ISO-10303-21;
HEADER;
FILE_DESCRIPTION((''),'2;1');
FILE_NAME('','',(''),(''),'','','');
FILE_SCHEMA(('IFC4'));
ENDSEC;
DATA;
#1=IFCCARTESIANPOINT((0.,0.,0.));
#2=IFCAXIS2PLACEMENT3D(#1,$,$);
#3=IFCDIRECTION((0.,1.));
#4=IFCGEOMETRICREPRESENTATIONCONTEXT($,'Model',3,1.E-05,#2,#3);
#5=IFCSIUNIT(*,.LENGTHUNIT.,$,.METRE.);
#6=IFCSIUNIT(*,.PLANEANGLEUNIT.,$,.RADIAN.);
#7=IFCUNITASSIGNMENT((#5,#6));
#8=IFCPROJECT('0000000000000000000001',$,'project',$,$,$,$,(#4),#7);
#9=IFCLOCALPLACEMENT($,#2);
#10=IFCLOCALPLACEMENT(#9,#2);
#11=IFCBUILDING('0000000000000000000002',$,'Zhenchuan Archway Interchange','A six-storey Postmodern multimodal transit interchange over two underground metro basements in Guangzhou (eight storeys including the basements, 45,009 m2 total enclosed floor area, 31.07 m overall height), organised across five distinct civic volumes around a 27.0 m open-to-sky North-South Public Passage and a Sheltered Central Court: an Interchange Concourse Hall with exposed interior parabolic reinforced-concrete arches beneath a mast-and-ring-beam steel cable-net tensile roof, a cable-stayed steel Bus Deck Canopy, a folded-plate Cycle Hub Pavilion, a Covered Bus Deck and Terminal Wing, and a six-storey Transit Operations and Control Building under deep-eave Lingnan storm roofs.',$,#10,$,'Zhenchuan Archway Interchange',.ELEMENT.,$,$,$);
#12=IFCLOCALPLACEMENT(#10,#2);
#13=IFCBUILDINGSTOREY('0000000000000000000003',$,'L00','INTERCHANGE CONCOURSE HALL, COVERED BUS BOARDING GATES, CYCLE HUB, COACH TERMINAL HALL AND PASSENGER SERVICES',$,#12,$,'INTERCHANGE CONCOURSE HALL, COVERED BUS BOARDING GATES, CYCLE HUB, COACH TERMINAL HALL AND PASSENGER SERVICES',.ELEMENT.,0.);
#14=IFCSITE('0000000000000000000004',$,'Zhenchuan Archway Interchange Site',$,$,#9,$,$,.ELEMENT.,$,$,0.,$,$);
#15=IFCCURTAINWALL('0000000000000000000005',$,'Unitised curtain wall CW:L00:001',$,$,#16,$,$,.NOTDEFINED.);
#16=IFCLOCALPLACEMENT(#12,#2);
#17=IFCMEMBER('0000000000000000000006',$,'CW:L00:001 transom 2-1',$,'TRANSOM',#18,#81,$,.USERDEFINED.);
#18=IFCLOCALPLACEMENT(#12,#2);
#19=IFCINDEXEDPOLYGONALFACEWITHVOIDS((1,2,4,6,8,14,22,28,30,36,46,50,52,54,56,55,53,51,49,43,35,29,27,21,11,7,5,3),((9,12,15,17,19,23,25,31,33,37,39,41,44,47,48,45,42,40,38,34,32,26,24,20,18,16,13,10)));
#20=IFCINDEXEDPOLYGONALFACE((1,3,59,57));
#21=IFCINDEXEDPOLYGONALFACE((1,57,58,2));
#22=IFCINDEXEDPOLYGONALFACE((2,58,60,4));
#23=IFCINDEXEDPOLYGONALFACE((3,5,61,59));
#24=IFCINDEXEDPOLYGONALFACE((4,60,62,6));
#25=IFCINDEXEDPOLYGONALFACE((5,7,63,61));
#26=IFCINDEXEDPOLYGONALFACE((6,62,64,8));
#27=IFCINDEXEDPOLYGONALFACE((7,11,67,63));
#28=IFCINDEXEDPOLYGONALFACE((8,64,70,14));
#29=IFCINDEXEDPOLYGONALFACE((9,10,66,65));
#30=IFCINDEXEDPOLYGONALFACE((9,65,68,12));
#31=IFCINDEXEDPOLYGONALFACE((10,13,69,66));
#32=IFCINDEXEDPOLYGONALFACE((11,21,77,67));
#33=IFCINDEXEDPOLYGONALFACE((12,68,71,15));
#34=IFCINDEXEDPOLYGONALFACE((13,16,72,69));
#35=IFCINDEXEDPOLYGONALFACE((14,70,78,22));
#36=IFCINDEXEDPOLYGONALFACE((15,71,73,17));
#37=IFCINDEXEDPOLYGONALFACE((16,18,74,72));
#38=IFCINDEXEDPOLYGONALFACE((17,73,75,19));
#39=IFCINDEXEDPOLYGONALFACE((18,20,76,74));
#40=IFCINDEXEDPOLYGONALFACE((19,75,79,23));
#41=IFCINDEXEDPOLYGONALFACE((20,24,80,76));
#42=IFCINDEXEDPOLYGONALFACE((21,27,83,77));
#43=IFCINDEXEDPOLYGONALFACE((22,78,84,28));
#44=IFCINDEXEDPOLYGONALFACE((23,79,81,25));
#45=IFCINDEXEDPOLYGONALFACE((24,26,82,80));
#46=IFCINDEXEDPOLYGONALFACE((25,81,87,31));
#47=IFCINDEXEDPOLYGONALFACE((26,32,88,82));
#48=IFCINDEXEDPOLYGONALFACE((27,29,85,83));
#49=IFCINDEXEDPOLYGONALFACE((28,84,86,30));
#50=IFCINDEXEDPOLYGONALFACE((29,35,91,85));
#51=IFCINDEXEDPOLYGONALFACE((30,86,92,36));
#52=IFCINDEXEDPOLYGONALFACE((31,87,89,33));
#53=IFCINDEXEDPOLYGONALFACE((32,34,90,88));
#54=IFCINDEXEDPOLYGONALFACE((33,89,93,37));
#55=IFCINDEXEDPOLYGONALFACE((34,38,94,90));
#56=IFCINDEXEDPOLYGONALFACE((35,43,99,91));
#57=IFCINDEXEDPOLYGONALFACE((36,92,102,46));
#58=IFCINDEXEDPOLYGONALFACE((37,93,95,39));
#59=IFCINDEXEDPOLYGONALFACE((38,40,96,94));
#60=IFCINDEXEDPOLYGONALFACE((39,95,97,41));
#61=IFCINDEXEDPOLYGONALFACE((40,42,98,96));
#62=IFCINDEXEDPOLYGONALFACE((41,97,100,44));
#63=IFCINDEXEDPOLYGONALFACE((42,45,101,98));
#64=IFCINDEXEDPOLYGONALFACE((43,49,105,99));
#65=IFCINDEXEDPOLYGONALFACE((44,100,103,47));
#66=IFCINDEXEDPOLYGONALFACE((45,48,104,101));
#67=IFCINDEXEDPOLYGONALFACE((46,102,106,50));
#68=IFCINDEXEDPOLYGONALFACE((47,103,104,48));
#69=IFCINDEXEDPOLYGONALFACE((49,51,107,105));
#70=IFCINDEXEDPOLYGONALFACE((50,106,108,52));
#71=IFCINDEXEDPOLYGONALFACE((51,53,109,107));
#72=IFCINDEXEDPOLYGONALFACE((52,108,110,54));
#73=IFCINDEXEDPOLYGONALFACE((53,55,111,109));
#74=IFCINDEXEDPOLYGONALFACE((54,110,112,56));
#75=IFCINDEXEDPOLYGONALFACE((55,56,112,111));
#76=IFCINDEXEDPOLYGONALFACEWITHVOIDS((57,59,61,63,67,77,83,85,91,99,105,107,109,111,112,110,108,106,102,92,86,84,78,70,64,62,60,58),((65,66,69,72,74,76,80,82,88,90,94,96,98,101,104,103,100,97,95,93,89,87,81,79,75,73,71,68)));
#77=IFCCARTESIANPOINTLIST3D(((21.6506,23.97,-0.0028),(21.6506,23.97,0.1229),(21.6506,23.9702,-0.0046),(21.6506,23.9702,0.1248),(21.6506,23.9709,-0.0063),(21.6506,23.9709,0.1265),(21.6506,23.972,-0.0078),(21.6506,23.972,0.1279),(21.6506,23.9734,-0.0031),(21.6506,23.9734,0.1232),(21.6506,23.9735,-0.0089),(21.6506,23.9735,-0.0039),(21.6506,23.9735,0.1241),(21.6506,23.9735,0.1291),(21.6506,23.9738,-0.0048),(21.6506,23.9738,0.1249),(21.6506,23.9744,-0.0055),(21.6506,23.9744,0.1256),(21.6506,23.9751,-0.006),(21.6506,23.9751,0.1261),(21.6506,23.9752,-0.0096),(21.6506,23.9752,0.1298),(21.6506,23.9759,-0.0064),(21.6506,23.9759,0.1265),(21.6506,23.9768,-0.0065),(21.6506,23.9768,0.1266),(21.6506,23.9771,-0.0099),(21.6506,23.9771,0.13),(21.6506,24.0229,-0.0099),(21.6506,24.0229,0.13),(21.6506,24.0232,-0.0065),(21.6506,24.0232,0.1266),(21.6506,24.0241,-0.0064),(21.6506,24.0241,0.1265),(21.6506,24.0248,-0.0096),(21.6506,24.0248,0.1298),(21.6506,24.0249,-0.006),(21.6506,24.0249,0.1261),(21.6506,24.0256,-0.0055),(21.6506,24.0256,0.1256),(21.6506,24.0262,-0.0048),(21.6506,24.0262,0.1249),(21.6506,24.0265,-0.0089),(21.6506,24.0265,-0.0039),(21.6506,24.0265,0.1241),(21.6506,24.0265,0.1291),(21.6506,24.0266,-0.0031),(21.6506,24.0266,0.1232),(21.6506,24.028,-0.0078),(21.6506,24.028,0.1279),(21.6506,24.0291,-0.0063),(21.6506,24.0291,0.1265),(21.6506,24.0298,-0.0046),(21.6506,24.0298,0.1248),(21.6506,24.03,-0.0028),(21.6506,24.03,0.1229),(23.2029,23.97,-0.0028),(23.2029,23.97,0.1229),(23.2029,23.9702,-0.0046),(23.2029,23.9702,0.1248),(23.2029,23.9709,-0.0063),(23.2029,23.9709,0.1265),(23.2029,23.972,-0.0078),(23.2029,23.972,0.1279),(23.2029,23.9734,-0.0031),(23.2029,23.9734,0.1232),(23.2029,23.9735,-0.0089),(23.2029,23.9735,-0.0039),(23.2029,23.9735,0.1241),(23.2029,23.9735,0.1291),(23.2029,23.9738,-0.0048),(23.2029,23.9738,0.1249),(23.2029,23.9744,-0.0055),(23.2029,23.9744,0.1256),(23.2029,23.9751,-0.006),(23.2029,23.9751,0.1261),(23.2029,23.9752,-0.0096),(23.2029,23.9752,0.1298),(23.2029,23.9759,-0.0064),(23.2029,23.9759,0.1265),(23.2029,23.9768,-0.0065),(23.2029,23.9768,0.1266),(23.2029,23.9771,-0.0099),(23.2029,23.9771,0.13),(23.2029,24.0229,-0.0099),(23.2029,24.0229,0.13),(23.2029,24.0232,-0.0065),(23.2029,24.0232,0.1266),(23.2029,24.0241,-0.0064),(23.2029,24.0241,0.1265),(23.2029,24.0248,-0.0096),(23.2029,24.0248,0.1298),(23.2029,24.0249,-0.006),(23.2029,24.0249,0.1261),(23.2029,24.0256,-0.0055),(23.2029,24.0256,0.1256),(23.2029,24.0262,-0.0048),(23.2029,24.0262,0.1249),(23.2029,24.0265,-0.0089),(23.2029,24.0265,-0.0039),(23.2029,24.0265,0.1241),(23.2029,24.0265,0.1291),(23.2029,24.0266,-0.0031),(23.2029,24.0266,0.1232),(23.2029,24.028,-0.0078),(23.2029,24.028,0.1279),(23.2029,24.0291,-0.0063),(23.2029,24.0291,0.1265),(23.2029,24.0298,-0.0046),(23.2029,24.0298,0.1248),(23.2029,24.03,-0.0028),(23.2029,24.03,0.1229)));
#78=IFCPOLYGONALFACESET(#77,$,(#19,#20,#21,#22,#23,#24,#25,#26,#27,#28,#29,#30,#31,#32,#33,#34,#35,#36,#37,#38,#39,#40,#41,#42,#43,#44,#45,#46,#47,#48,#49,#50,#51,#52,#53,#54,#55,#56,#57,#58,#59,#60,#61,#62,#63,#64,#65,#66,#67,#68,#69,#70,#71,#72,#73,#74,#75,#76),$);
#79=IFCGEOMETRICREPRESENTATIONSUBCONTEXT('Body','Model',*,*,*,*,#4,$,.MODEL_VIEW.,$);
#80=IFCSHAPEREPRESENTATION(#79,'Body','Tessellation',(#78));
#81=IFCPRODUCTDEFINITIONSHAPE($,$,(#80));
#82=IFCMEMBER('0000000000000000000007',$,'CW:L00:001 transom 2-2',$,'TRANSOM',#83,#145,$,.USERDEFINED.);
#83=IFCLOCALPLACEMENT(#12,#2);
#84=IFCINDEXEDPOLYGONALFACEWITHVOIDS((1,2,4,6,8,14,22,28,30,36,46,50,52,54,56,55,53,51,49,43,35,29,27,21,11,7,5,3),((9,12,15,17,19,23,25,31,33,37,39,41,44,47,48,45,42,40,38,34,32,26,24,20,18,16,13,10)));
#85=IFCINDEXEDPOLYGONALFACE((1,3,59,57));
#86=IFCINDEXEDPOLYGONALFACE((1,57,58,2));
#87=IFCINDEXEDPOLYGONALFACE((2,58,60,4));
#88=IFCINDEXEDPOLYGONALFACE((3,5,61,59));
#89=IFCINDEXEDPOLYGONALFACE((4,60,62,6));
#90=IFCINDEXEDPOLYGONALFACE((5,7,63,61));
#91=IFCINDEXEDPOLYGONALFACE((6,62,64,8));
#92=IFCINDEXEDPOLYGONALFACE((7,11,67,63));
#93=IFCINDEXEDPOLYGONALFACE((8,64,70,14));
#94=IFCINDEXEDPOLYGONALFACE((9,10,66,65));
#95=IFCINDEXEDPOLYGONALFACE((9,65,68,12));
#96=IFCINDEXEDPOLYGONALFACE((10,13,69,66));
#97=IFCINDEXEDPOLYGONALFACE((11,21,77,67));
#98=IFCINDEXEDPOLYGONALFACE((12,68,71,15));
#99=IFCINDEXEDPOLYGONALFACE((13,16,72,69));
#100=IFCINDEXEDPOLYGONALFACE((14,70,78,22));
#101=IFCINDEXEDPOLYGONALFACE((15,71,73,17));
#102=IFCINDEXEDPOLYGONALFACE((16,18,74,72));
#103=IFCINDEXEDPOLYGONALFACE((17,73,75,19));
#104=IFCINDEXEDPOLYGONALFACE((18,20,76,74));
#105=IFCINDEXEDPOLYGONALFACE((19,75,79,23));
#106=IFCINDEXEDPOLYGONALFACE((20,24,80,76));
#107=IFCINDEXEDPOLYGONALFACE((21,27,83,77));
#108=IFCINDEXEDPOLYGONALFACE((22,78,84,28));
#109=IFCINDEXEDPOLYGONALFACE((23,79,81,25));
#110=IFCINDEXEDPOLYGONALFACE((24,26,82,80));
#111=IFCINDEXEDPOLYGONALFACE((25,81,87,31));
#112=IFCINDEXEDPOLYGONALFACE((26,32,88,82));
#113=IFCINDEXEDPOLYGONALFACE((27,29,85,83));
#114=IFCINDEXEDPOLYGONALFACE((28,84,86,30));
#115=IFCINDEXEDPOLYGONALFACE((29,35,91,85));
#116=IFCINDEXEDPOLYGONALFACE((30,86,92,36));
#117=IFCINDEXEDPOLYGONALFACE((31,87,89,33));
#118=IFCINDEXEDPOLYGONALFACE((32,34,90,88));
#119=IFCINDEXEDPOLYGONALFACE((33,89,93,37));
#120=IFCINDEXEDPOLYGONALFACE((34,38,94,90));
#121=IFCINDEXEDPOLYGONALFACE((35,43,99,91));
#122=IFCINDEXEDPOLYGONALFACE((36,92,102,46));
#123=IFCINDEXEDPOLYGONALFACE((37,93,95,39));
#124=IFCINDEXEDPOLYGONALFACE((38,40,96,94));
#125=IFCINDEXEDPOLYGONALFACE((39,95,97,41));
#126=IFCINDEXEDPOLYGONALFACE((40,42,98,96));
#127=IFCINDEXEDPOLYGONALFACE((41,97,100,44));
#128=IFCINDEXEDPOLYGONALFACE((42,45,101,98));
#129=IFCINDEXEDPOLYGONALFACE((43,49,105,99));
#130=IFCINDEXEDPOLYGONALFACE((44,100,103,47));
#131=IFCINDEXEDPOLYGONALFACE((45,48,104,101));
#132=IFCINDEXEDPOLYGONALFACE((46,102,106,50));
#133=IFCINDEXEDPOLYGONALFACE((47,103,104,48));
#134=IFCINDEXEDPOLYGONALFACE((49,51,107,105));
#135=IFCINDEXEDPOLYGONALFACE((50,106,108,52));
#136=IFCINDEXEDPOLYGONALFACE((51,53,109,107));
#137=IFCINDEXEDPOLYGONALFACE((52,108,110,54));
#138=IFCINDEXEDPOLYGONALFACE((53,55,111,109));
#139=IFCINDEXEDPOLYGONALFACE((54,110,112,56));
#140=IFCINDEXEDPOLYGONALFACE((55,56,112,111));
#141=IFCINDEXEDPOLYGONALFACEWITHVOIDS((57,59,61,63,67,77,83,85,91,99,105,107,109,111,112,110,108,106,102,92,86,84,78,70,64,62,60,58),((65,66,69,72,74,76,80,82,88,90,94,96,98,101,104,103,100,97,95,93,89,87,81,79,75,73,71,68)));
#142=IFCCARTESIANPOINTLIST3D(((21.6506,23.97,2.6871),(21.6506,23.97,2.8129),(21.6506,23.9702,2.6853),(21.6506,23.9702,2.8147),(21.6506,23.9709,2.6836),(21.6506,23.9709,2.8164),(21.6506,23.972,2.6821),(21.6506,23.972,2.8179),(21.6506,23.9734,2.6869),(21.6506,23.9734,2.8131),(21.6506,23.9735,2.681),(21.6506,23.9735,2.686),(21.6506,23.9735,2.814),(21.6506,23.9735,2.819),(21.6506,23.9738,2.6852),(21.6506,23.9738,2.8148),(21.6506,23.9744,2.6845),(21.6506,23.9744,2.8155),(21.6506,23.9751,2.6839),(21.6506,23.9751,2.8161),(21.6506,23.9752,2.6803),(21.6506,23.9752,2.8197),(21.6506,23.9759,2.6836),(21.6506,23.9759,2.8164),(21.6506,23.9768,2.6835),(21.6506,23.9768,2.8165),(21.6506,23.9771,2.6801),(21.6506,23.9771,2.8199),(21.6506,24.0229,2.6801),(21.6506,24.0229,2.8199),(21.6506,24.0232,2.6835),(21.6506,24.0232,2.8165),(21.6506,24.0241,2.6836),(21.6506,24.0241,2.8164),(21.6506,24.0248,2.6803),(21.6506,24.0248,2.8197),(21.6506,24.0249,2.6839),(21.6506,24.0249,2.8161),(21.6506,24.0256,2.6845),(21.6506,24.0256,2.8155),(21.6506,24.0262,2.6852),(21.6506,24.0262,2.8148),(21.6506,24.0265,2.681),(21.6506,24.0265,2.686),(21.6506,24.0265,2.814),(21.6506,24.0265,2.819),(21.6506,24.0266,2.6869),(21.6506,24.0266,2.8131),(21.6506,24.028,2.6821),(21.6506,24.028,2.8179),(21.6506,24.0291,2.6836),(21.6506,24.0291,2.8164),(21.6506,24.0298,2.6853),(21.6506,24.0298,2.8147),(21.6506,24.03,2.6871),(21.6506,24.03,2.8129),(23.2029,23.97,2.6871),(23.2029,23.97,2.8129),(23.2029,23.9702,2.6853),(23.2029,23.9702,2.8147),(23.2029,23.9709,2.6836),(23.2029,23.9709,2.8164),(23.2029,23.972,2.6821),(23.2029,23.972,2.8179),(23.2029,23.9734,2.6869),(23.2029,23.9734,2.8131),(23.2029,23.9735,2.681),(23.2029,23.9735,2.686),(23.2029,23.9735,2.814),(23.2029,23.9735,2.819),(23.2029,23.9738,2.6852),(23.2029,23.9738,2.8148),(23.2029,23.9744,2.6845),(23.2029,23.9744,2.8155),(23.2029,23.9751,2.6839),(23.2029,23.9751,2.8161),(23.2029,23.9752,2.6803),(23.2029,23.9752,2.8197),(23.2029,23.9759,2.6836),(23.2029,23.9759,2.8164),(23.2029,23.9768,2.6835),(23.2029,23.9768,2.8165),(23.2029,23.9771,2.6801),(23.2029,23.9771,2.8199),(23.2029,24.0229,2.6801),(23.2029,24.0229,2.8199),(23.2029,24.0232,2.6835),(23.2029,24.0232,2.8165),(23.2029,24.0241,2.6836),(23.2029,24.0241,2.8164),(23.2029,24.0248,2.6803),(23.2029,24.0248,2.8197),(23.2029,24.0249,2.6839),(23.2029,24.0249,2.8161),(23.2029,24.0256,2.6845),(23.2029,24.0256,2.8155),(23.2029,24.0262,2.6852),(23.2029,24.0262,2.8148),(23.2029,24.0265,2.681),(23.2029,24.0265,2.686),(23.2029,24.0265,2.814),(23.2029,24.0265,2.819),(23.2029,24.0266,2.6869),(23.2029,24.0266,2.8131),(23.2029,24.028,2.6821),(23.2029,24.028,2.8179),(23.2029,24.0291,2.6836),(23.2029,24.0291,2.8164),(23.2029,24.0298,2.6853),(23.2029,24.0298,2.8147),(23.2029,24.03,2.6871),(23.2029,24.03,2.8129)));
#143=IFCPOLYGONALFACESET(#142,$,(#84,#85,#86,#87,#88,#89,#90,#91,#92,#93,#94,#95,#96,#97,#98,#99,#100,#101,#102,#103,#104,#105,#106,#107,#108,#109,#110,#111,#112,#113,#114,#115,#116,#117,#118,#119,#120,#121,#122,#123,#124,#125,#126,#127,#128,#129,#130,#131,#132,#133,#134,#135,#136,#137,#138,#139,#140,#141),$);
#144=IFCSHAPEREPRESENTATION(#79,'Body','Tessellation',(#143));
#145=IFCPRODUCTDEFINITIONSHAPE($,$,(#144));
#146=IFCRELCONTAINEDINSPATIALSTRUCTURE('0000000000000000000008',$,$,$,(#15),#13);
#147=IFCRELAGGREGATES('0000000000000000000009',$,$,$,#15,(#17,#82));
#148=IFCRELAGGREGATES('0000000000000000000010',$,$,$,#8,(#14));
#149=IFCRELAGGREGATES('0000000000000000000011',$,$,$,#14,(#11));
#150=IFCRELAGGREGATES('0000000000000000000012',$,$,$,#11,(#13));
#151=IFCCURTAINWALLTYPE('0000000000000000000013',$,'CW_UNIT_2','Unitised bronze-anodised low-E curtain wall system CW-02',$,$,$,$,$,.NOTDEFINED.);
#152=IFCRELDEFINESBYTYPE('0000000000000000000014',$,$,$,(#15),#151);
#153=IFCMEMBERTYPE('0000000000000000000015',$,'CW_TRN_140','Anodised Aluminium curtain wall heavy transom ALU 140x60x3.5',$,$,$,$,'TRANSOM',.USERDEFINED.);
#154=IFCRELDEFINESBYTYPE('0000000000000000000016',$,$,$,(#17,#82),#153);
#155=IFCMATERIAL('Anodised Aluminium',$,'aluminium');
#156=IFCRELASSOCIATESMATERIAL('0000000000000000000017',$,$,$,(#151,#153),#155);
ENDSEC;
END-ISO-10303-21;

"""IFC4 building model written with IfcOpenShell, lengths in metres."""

from ifc_helpers import new_model, si_unit, direction, frame, origin, origin_2d, place, context, subcontext, project, spatial, hollow_rectangle, extrude, material, material_profile, profile_set, type_object, element, aggregate, save


model = new_model("IFC4")

# Units and contexts
model_context = context("Model", 3, precision=1e-05, world=origin(), true_north=direction((0.0, 1.0)))
body_context = subcontext(model_context, "Body", "Model", "MODEL_VIEW")
ifc_project = project(units=[si_unit("LENGTHUNIT", "METRE"), si_unit("PLANEANGLEUNIT", "RADIAN")], contexts=[model_context])

# Site, building, storey
site_placement = place(None, origin())
site = spatial("IfcSite", under=ifc_project, at=site_placement, Name="Zhenchuan Archway Interchange Site", CompositionType="ELEMENT", RefElevation=0.0)
building_placement = place(site_placement, origin())
building = spatial("IfcBuilding", under=site, at=building_placement, Name="Zhenchuan Archway Interchange", Description="A six-storey Postmodern multimodal transit interchange over two underground metro basements in Guangzhou (eight storeys including the basements, 45,009 m2 total enclosed floor area, 31.07 m overall height), organised across five distinct civic volumes around a 27.0 m open-to-sky North-South Public Passage and a Sheltered Central Court: an Interchange Concourse Hall with exposed interior parabolic reinforced-concrete arches beneath a mast-and-ring-beam steel cable-net tensile roof, a cable-stayed steel Bus Deck Canopy, a folded-plate Cycle Hub Pavilion, a Covered Bus Deck and Terminal Wing, and a six-storey Transit Operations and Control Building under deep-eave Lingnan storm roofs.", LongName="Zhenchuan Archway Interchange", CompositionType="ELEMENT")
storey_placement = place(building_placement, origin())
storey = spatial("IfcBuildingStorey", under=building, at=storey_placement, Name="L00", Description="INTERCHANGE CONCOURSE HALL, COVERED BUS BOARDING GATES, CYCLE HUB, COACH TERMINAL HALL AND PASSENGER SERVICES", LongName="INTERCHANGE CONCOURSE HALL, COVERED BUS BOARDING GATES, CYCLE HUB, COACH TERMINAL HALL AND PASSENGER SERVICES", CompositionType="ELEMENT", Elevation=0.0)

# Curtain wall, members
ifc_material_1 = material(Name="Anodised Aluminium", Category="aluminium")
curtain_wall_type = type_object("IfcCurtainWallType", Name="CW_UNIT_2", Description="Unitised bronze-anodised low-E curtain wall system CW-02", PredefinedType="NOTDEFINED", material=ifc_material_1)
curtain_wall_placement = place(storey_placement, origin())
curtain_wall = element("IfcCurtainWall", 1, at=curtain_wall_placement, inside=storey, type_object=curtain_wall_type, Name="Unitised curtain wall CW:L00:001", PredefinedType="NOTDEFINED")
ifc_material_profile_1 = material_profile(ifc_material_1, hollow_rectangle(XDim=0.0601, YDim=0.1399, WallThickness=0.0034, InnerFilletRadius=0.0034, OuterFilletRadius=0.0071, at=origin_2d()), Name="ALU 140x60x3.5")
ifc_profile_set_1 = profile_set([ifc_material_profile_1], Name="Anodised Aluminium")
member_type_1 = type_object("IfcMemberType", Name="CW_TRN_140", Description="Anodised Aluminium curtain wall heavy transom ALU 140x60x3.5", ElementType="TRANSOM", PredefinedType="USERDEFINED", material=ifc_profile_set_1)
member_1_placement = place(storey_placement, frame((23.2029, 24.0, 0.0601), z_axis=(-1.0, 0.0, 0.0), x_axis=(0.0, -1.0, 0.0)))
member_1 = element("IfcMember", 2, at=member_1_placement, type_object=member_type_1, Name="CW:L00:001 transom 2-1", ObjectType="TRANSOM", PredefinedType="USERDEFINED", context=body_context, shape_type="SweptSolid", body=[
    extrude(hollow_rectangle(XDim=0.0601, YDim=0.1399, WallThickness=0.0034, InnerFilletRadius=0.0034, OuterFilletRadius=0.0071, at=origin_2d()), origin(), (0.0, 0.0, 1.0), 1.5522),
])
member_2_placement = place(storey_placement, frame((23.2029, 24.0, 2.75), z_axis=(-1.0, 0.0, 0.0), x_axis=(0.0, -1.0, 0.0)))
member_2 = element("IfcMember", 3, at=member_2_placement, type_object=member_type_1, Name="CW:L00:001 transom 2-2", ObjectType="TRANSOM", PredefinedType="USERDEFINED", context=body_context, shape_type="SweptSolid", body=[
    extrude(hollow_rectangle(XDim=0.0601, YDim=0.1399, WallThickness=0.0034, InnerFilletRadius=0.0034, OuterFilletRadius=0.0071, at=origin_2d()), origin(), (0.0, 0.0, 1.0), 1.5522),
])

aggregate(curtain_wall, [member_1, member_2])

save(model, "model.ifc")
